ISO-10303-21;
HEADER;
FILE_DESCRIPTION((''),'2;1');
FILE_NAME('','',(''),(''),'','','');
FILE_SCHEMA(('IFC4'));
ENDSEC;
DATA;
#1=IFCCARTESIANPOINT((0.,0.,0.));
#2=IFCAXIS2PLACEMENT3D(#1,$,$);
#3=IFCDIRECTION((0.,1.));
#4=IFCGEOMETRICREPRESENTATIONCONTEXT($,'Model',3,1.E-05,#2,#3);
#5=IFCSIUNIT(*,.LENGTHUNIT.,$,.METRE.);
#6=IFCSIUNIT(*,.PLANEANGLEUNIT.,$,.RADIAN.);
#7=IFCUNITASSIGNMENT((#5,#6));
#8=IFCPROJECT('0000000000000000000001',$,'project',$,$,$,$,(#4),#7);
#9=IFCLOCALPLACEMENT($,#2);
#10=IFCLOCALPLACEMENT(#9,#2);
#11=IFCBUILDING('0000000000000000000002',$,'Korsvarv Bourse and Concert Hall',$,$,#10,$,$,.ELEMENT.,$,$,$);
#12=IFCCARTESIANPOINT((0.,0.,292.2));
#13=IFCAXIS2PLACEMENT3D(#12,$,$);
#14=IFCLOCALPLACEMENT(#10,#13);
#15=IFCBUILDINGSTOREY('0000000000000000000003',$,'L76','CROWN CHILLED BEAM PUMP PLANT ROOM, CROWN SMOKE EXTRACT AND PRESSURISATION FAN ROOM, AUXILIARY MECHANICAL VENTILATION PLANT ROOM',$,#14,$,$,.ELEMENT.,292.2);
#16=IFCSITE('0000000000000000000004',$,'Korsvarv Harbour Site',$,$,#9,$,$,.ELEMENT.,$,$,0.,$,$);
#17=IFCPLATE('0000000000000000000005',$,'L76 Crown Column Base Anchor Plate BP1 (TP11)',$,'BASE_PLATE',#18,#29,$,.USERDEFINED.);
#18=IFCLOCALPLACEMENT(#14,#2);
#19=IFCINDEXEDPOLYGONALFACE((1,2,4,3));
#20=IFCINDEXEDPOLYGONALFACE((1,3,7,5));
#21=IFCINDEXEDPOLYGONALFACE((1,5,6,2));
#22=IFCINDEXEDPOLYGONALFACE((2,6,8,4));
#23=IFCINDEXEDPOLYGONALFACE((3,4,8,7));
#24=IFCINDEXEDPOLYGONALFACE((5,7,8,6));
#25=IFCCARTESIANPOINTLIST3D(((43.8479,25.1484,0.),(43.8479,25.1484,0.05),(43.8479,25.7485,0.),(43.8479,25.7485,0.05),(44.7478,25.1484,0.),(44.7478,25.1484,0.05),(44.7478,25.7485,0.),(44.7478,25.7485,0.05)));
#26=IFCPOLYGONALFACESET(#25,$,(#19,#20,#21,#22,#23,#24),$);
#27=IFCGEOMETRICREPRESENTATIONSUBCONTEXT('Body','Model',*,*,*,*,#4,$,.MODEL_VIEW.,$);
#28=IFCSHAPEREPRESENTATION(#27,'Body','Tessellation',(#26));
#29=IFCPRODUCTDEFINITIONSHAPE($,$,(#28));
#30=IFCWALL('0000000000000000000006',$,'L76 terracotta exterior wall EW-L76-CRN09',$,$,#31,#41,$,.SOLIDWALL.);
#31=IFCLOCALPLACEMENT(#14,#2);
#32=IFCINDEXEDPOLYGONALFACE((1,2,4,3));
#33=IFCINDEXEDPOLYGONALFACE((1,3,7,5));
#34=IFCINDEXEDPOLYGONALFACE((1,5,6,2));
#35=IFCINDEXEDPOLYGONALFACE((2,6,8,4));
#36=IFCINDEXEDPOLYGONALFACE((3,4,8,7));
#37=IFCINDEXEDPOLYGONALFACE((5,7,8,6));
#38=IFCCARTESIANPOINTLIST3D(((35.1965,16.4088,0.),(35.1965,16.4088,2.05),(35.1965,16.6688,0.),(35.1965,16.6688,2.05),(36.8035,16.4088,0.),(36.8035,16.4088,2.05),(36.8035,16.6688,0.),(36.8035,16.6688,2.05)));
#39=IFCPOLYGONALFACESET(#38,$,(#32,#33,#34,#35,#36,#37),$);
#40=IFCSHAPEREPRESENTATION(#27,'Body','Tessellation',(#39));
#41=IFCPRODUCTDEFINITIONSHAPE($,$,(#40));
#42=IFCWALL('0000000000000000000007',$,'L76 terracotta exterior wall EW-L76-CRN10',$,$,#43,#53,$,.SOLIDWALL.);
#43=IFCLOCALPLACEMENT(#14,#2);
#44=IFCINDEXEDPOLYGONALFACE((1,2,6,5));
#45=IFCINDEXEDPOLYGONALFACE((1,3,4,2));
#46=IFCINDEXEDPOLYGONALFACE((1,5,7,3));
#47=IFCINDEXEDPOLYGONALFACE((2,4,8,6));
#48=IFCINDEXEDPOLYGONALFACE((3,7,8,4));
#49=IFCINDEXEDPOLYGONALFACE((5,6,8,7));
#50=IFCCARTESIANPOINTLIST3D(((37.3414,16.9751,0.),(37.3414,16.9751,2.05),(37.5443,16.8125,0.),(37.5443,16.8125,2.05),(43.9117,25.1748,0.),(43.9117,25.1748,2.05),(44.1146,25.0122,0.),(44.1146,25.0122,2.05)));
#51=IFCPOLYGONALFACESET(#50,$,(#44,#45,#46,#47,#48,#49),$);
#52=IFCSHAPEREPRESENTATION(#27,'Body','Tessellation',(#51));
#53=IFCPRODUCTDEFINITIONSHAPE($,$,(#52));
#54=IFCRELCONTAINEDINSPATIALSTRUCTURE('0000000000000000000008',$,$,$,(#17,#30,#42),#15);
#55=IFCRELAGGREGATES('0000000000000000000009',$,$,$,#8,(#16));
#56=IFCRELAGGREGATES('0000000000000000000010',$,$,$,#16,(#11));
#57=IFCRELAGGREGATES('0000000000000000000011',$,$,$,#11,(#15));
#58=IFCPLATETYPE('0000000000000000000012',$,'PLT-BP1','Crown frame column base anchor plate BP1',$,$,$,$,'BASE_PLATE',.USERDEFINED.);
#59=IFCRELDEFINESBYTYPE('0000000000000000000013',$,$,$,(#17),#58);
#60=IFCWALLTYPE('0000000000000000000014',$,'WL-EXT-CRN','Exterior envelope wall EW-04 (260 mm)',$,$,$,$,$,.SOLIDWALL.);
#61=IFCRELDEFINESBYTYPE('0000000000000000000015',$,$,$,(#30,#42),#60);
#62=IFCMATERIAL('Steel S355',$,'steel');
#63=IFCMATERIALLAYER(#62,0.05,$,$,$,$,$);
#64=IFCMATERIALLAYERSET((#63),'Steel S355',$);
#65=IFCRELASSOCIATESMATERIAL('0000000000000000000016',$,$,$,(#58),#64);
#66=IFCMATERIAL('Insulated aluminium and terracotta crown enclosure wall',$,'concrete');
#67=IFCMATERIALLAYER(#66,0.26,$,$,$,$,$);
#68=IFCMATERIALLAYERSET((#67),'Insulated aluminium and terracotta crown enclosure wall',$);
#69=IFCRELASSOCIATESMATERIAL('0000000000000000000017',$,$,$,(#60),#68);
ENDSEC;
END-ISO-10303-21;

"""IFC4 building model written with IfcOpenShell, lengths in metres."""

from ifc_helpers import new_model, si_unit, direction, frame, frame_2d, origin, origin_2d, place, context, subcontext, project, spatial, rectangle, extrude, source, transform, mapped, material, layer, layer_set, type_object, element, save


model = new_model("IFC4")

# Units and contexts
model_context = context("Model", 3, precision=1e-05, world=origin(), true_north=direction((0.0, 1.0)))
body_context = subcontext(model_context, "Body", "Model", "MODEL_VIEW")
ifc_project = project(units=[si_unit("LENGTHUNIT", "METRE"), si_unit("PLANEANGLEUNIT", "RADIAN")], contexts=[model_context])

# Site, building, storey
site_placement = place(None, origin())
site = spatial("IfcSite", under=ifc_project, at=site_placement, Name="Korsvarv Harbour Site", CompositionType="ELEMENT", RefElevation=0.0)
building_placement = place(site_placement, origin())
building = spatial("IfcBuilding", under=site, at=building_placement, Name="Korsvarv Bourse and Concert Hall", CompositionType="ELEMENT")
storey_placement = place(building_placement, frame((0.0, 0.0, 292.2)))
storey = spatial("IfcBuildingStorey", under=building, at=storey_placement, Name="L76", Description="CROWN CHILLED BEAM PUMP PLANT ROOM, CROWN SMOKE EXTRACT AND PRESSURISATION FAN ROOM, AUXILIARY MECHANICAL VENTILATION PLANT ROOM", CompositionType="ELEMENT", Elevation=292.2)

# Shared definitions
ifc_material_1 = material(Name="Steel S355", Category="steel")

# Plate
ifc_layer_1 = layer(ifc_material_1, 0.05)
ifc_layer_set_1 = layer_set([ifc_layer_1], Name="Steel S355")
plate_type = type_object("IfcPlateType", Name="PLT-BP1", Description="Crown frame column base anchor plate BP1", ElementType="BASE_PLATE", PredefinedType="USERDEFINED", material=ifc_layer_set_1)
shared_shape_1 = source(origin(), body_context, "Body", "SweptSolid", [
    extrude(rectangle(XDim=0.8999, YDim=0.6001, at=origin_2d()), origin(), (0.0, 0.0, 1.0), 0.05),
])
for number, where, z_axis, x_axis, name in (
    (1, (44.2979, 25.4485, 0.0), (0.0, 0.0, 1.0), (1.0, 0.0, 0.0), "L76 Crown Column Base Anchor Plate BP1 (TP11)"),
):
    element("IfcPlate", number, at=place(storey_placement, frame(where, z_axis=z_axis, x_axis=x_axis)), inside=storey, type_object=plate_type, Name=name, ObjectType="BASE_PLATE", PredefinedType="USERDEFINED", context=body_context, shape_type="MappedRepresentation", body=[
        mapped(shared_shape_1, transform((0.0, 0.0, 0.0), scale=1.0)),
    ])

# Walls
ifc_material_2 = material(Name="Insulated aluminium and terracotta crown enclosure wall", Category="concrete")
ifc_layer_2 = layer(ifc_material_2, 0.26)
ifc_layer_set_2 = layer_set([ifc_layer_2], Name="Insulated aluminium and terracotta crown enclosure wall")
wall_type = type_object("IfcWallType", Name="WL-EXT-CRN", Description="Exterior envelope wall EW-04 (260 mm)", PredefinedType="SOLIDWALL", material=ifc_layer_set_2)
wall_1_placement = place(storey_placement, frame((35.1965, 16.5388, 0.0), z_axis=(0.0, 0.0, 1.0), x_axis=(1.0, 0.0, 0.0)))
element("IfcWall", 2, at=wall_1_placement, inside=storey, type_object=wall_type, Name="L76 terracotta exterior wall EW-L76-CRN09", PredefinedType="SOLIDWALL", context=body_context, shape_type="SweptSolid", body=[
    extrude(rectangle(XDim=1.6069, YDim=0.26, at=frame_2d((0.8035, 0.0))), origin(), (0.0, 0.0, 1.0), 2.05),
])
wall_2_placement = place(storey_placement, frame((37.4429, 16.8938, 0.0), z_axis=(0.0, 0.0, 1.0), x_axis=(0.625307, 0.780379, 0.0)))
element("IfcWall", 3, at=wall_2_placement, inside=storey, type_object=wall_type, Name="L76 terracotta exterior wall EW-L76-CRN10", PredefinedType="SOLIDWALL", context=body_context, shape_type="SweptSolid", body=[
    extrude(rectangle(XDim=10.5073, YDim=0.26, at=frame_2d((5.2537, 0.0))), origin(), (0.0, 0.0, 1.0), 2.05),
])

save(model, "model.ifc")
